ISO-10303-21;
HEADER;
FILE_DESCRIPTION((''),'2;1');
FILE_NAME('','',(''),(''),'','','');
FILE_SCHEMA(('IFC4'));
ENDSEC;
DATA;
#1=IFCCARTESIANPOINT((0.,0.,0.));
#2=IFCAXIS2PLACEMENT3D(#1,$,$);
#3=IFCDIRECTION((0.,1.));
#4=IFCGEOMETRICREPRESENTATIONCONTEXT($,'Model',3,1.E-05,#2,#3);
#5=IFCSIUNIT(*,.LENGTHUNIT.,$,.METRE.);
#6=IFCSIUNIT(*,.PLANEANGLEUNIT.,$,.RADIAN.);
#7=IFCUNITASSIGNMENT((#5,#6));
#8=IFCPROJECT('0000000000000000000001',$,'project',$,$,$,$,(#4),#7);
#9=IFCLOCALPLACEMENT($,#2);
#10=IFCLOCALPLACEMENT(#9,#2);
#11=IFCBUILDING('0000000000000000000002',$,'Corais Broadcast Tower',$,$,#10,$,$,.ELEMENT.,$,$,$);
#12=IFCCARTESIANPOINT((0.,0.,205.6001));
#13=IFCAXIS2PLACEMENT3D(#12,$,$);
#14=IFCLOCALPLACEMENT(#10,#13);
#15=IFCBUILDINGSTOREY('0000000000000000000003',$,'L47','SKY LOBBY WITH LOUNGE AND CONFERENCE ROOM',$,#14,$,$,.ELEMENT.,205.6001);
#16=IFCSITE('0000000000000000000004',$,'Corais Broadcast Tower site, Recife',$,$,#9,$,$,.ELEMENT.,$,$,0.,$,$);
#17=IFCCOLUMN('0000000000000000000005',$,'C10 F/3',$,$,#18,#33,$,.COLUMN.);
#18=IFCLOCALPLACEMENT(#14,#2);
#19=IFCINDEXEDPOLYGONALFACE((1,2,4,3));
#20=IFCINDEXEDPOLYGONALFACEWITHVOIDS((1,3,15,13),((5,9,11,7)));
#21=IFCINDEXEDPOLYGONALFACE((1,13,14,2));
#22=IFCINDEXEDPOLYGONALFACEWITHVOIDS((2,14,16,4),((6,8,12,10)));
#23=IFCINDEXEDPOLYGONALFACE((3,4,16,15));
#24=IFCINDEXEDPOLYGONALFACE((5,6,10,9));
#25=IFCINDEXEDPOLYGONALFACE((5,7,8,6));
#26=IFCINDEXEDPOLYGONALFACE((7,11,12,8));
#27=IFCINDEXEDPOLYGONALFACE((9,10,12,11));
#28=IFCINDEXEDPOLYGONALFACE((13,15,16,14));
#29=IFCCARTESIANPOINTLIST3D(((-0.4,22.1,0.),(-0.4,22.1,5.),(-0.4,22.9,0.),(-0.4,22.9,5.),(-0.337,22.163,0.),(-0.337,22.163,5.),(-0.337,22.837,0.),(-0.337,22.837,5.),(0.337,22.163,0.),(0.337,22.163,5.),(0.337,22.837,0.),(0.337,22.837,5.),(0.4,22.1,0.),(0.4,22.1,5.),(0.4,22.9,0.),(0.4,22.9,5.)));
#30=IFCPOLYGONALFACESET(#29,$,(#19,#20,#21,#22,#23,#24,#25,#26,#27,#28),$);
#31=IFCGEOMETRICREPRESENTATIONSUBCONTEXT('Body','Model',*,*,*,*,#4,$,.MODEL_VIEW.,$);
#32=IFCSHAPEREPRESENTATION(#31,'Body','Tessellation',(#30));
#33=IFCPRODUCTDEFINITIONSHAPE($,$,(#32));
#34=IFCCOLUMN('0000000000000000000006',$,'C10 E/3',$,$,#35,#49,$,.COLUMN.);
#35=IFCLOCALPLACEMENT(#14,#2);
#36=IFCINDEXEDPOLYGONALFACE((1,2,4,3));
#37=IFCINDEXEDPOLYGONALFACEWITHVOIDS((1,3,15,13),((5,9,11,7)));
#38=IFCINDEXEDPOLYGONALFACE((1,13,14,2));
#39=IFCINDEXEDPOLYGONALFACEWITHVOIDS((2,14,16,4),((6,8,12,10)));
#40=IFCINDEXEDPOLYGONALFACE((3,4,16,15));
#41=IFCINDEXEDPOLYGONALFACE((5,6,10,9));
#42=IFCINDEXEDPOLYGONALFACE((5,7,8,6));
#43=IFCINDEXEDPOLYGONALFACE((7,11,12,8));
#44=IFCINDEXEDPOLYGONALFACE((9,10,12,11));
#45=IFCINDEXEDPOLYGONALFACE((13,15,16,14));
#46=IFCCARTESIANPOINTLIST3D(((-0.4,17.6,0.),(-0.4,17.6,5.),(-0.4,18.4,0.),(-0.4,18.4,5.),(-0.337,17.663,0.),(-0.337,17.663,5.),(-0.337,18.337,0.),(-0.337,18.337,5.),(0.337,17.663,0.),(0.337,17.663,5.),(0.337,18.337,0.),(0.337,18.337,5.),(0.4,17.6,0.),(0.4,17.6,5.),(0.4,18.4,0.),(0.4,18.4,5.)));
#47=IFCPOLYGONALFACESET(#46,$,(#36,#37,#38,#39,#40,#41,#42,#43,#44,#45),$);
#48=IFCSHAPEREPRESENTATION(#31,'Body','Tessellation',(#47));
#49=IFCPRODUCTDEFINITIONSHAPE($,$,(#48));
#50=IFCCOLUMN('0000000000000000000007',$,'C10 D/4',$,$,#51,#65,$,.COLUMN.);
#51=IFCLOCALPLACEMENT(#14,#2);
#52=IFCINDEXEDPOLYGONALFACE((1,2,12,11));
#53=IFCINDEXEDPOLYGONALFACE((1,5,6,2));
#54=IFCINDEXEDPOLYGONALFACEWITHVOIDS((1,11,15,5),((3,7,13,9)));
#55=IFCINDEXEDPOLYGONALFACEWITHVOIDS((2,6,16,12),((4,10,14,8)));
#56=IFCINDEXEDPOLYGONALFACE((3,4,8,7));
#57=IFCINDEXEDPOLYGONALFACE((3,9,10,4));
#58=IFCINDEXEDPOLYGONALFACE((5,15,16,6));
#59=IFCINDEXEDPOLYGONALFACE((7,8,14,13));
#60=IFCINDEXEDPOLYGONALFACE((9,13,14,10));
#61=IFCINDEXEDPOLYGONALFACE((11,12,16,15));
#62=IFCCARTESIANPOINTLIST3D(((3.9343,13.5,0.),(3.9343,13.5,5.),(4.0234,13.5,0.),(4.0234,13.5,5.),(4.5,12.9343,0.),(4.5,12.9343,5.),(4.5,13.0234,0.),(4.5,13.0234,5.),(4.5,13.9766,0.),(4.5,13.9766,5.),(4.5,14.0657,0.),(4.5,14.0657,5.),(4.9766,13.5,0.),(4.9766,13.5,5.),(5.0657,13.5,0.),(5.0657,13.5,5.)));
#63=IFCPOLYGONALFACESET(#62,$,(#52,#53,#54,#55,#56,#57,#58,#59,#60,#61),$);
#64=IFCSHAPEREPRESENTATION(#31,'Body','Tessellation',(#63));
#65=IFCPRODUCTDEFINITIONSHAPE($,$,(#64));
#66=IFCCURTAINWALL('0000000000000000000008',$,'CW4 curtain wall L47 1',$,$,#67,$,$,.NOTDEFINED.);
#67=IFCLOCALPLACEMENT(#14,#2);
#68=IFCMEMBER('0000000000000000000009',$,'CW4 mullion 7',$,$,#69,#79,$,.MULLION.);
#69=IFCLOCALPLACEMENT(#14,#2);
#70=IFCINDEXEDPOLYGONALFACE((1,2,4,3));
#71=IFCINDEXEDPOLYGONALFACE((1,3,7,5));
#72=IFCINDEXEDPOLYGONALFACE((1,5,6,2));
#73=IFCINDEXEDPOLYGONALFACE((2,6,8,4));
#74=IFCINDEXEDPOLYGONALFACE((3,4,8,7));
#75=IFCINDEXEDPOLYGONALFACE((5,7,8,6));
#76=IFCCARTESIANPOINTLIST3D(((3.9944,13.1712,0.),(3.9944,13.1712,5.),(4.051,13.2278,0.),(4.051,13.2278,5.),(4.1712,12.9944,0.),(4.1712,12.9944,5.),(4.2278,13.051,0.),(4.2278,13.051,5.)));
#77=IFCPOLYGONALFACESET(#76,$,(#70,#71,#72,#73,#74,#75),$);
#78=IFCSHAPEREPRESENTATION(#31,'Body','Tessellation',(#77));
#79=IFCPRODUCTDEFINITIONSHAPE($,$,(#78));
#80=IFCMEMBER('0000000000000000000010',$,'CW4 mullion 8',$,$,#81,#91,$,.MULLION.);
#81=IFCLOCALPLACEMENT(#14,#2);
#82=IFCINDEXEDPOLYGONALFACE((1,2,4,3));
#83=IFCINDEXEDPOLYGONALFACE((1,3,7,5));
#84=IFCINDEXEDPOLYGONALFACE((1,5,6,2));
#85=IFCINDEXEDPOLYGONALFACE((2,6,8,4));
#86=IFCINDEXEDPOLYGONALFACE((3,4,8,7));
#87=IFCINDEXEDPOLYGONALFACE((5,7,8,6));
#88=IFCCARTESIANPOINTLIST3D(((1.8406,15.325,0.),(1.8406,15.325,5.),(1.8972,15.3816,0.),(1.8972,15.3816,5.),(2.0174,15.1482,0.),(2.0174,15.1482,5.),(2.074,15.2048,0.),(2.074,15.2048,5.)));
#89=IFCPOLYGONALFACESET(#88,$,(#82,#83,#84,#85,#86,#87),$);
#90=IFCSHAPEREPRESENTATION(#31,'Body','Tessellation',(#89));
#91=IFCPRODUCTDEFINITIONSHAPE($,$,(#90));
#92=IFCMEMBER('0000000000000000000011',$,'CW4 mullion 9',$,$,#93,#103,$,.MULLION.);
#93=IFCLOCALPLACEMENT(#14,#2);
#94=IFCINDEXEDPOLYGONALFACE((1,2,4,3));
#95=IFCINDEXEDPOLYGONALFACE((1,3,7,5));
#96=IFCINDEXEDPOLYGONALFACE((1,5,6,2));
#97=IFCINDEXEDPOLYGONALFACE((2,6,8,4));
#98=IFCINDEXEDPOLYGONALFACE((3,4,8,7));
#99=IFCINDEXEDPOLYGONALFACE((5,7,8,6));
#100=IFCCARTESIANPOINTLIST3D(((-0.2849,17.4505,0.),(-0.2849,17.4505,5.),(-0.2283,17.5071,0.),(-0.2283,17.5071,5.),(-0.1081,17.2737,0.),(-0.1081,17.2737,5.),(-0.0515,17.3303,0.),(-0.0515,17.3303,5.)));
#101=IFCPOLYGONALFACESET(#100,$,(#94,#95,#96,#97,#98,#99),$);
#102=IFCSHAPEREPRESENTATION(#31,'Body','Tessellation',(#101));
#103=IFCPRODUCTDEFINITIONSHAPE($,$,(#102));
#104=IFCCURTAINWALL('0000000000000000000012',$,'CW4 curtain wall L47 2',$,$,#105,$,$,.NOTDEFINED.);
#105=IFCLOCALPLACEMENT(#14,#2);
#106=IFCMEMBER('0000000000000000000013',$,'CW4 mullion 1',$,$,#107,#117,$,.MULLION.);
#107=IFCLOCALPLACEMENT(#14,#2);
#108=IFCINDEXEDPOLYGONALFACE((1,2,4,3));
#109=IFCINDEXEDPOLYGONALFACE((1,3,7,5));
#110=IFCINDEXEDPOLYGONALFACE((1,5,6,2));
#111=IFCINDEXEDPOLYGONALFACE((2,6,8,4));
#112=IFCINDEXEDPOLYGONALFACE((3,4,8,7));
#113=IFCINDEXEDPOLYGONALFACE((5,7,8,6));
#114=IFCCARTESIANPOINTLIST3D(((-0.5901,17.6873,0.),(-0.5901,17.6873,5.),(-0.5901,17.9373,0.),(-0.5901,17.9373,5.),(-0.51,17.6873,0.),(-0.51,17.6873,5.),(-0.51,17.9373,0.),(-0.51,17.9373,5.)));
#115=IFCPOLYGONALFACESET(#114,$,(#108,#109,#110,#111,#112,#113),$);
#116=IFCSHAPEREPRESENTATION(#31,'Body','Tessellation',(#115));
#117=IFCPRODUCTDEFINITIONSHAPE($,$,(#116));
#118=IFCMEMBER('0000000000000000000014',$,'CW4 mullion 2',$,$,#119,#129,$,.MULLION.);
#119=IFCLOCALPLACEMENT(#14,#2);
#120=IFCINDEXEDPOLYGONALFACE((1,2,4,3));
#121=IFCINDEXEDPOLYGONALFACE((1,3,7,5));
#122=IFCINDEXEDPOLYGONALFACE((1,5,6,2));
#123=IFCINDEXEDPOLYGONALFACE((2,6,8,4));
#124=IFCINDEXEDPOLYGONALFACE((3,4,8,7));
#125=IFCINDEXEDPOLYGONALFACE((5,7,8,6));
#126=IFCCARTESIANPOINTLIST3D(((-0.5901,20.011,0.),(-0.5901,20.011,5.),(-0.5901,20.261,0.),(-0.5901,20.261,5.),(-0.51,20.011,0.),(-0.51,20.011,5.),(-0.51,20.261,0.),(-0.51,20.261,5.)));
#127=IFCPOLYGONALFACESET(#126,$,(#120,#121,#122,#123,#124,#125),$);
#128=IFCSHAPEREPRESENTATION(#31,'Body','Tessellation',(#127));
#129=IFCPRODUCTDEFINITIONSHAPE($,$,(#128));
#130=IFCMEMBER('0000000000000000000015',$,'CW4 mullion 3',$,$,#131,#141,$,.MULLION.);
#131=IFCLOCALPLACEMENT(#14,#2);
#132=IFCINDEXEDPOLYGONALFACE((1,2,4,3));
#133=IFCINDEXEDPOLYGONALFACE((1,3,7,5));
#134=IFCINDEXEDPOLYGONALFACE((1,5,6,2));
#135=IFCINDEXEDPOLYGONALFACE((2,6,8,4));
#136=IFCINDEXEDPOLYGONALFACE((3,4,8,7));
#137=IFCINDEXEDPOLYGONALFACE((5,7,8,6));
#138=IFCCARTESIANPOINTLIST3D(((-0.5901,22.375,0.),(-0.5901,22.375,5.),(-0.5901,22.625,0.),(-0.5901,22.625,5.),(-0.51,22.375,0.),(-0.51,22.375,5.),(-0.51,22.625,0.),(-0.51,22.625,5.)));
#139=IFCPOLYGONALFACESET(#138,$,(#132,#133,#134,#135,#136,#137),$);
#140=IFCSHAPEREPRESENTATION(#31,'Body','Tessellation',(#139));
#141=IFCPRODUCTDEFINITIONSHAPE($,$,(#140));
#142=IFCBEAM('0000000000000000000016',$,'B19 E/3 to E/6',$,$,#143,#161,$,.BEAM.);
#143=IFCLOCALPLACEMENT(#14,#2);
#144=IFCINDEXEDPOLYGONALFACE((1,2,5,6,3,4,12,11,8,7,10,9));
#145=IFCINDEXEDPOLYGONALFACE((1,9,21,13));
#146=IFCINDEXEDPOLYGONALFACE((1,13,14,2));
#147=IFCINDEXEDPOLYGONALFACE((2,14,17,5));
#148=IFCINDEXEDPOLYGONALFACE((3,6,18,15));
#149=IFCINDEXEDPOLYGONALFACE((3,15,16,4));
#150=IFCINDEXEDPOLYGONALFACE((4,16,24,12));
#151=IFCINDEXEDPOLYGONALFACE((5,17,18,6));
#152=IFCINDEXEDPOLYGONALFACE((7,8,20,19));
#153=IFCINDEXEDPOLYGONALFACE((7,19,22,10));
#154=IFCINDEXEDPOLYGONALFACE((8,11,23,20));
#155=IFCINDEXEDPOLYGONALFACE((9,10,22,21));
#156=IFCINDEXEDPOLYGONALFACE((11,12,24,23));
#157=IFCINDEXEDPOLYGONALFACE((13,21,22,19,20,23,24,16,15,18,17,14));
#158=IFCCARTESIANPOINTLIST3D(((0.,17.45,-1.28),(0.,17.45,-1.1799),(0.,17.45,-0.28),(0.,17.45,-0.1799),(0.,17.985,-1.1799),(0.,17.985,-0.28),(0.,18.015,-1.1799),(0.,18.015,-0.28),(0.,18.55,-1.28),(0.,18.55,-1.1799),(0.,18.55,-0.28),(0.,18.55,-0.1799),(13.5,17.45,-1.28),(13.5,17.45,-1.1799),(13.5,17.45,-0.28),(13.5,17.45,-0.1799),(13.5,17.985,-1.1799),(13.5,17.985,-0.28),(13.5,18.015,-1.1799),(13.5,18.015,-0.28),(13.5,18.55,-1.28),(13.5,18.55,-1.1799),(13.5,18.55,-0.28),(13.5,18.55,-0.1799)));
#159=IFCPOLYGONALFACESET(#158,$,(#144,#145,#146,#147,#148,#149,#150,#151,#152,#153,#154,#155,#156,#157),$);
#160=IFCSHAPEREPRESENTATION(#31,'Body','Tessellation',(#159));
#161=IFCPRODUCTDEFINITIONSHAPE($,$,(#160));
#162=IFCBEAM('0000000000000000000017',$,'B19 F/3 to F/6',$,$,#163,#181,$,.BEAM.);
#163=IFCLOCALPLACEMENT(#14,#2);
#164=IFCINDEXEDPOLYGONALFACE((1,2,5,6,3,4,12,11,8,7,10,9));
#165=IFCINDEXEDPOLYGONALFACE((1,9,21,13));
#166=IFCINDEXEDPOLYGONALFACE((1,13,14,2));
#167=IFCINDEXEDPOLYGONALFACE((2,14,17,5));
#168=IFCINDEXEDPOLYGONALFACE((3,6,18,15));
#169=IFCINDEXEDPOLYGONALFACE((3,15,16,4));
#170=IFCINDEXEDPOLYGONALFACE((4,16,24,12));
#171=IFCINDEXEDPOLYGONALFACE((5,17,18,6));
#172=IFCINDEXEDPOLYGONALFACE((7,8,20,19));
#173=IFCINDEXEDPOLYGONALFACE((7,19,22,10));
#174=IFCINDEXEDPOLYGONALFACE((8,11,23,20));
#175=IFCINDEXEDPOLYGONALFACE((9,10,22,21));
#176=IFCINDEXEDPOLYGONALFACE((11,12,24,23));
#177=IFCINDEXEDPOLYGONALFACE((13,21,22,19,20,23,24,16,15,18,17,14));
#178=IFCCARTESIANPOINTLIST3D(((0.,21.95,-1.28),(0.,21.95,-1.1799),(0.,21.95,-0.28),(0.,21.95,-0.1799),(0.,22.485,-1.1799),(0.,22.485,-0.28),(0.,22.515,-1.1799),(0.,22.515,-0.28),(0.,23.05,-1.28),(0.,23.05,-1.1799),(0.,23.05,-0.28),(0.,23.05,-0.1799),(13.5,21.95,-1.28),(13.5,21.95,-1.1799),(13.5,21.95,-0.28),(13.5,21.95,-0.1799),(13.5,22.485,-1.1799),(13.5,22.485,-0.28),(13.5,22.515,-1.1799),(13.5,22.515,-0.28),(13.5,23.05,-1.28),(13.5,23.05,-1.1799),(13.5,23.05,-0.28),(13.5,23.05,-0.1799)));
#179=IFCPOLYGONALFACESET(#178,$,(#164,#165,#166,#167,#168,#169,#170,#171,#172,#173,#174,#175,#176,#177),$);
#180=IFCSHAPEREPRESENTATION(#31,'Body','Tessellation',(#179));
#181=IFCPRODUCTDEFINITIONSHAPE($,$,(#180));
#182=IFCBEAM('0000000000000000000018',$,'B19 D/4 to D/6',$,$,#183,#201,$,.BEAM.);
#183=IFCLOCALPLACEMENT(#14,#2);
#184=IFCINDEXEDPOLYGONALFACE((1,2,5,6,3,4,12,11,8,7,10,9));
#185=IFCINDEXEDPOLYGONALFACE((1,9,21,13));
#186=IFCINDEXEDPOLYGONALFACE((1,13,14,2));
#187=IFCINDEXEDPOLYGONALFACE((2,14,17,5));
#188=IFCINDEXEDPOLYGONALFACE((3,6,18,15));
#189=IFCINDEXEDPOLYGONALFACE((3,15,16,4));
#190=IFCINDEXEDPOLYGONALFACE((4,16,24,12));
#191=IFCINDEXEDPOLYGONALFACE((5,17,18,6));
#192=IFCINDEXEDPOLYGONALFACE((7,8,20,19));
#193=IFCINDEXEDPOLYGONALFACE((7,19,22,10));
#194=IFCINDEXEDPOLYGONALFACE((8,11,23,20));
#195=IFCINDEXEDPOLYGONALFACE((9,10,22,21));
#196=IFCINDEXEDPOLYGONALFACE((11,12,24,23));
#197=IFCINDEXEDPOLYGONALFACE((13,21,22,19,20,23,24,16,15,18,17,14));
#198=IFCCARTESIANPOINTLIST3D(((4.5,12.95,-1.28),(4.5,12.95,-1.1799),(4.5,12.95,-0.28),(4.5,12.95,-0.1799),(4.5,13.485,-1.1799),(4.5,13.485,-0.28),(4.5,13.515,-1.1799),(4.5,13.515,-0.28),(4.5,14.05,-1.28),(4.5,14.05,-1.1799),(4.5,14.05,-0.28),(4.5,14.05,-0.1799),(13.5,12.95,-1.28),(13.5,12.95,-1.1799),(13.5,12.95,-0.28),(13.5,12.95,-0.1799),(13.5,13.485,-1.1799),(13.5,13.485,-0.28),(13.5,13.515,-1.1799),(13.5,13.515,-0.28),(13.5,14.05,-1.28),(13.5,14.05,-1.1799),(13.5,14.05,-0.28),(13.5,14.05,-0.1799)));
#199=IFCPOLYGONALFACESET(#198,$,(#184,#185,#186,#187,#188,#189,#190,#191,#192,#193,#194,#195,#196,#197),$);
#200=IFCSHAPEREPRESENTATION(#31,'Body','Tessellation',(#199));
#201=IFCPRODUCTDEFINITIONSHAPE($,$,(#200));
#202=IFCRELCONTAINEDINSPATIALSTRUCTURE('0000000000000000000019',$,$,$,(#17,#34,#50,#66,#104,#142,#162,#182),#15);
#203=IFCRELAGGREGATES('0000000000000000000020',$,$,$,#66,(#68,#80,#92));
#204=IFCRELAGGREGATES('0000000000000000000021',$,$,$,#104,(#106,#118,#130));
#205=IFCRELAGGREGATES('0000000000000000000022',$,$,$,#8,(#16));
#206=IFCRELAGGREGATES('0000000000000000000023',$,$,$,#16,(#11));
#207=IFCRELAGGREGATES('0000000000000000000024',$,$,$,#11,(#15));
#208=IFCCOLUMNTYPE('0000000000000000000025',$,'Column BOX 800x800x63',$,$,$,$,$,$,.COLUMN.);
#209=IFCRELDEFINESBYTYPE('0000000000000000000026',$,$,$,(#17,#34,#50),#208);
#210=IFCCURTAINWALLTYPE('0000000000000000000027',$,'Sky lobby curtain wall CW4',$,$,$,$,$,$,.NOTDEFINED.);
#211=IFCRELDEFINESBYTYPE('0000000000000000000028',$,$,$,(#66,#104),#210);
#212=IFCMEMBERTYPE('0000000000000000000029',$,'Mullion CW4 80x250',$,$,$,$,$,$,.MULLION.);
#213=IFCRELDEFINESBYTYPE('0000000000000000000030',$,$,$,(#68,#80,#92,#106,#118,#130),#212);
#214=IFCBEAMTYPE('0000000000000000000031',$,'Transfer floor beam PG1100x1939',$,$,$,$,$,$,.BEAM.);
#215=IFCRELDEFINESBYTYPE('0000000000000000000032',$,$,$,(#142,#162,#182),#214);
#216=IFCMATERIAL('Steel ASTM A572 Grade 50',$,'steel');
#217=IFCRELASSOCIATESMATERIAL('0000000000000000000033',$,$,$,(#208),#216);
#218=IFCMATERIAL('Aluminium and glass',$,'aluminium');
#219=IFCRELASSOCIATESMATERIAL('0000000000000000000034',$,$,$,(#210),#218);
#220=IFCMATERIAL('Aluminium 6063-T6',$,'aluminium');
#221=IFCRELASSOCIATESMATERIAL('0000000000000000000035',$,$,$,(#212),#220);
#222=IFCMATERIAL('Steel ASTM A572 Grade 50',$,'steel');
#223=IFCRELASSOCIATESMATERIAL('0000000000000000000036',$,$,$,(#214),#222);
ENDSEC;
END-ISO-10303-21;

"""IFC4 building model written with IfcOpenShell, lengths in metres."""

from ifc_helpers import new_model, si_unit, direction, frame, origin, origin_2d, place, context, subcontext, project, spatial, rectangle, hollow_rectangle, i_section, extrude, material, material_profile, profile_set, type_object, element, aggregate, save


model = new_model("IFC4")

# Units and contexts
model_context = context("Model", 3, precision=1e-05, world=origin(), true_north=direction((0.0, 1.0)))
body_context = subcontext(model_context, "Body", "Model", "MODEL_VIEW")
ifc_project = project(units=[si_unit("LENGTHUNIT", "METRE"), si_unit("PLANEANGLEUNIT", "RADIAN")], contexts=[model_context])

# Site, building, storey
site_placement = place(None, origin())
site = spatial("IfcSite", under=ifc_project, at=site_placement, Name="Corais Broadcast Tower site, Recife", CompositionType="ELEMENT", RefElevation=0.0)
building_placement = place(site_placement, origin())
building = spatial("IfcBuilding", under=site, at=building_placement, Name="Corais Broadcast Tower", CompositionType="ELEMENT")
storey_placement = place(building_placement, frame((0.0, 0.0, 205.6001)))
storey = spatial("IfcBuildingStorey", under=building, at=storey_placement, Name="L47", Description="SKY LOBBY WITH LOUNGE AND CONFERENCE ROOM", CompositionType="ELEMENT", Elevation=205.6001)

# Columns
ifc_material_1 = material(Name="Steel ASTM A572 Grade 50", Category="steel")
ifc_material_profile_1 = material_profile(ifc_material_1, hollow_rectangle(XDim=0.8, YDim=0.8, WallThickness=0.063, at=origin_2d()), Name="BOX 800x800x63")
ifc_profile_set_1 = profile_set([ifc_material_profile_1], Name="Steel ASTM A572 Grade 50")
column_type = type_object("IfcColumnType", Name="Column BOX 800x800x63", PredefinedType="COLUMN", material=ifc_profile_set_1)
for number, where, z_axis, x_axis, name in (
    (1, (0.0, 22.5, 0.0), (0.0, 0.0, 1.0), (1.0, 0.0, 0.0), "C10 F/3"),
    (2, (0.0, 18.0, 0.0), (0.0, 0.0, 1.0), (1.0, 0.0, 0.0), "C10 E/3"),
    (3, (4.5, 13.5, 0.0), (0.0, 0.0, 1.0), (0.707107, 0.707107, 0.0), "C10 D/4"),
):
    element("IfcColumn", number, at=place(storey_placement, frame(where, z_axis=z_axis, x_axis=x_axis)), inside=storey, type_object=column_type, Name=name, PredefinedType="COLUMN", context=body_context, shape_type="SweptSolid", body=[
        extrude(hollow_rectangle(XDim=0.8, YDim=0.8, WallThickness=0.063, at=origin_2d()), origin(), (0.0, 0.0, 1.0), 5.0),
    ])

# Curtain walls, members
ifc_material_2 = material(Name="Aluminium and glass", Category="aluminium")
curtain_wall_type = type_object("IfcCurtainWallType", Name="Sky lobby curtain wall CW4", PredefinedType="NOTDEFINED", material=ifc_material_2)
curtain_wall_1_placement = place(storey_placement, origin())
curtain_wall_1 = element("IfcCurtainWall", 4, at=curtain_wall_1_placement, inside=storey, type_object=curtain_wall_type, Name="CW4 curtain wall L47 1", PredefinedType="NOTDEFINED")
ifc_material_3 = material(Name="Aluminium 6063-T6", Category="aluminium")
ifc_material_profile_2 = material_profile(ifc_material_3, rectangle(XDim=0.0801, YDim=0.25, at=origin_2d()), Name="Mullion CW4 80x250")
ifc_profile_set_2 = profile_set([ifc_material_profile_2], Name="Aluminium 6063-T6")
member_type_1 = type_object("IfcMemberType", Name="Mullion CW4 80x250", PredefinedType="MULLION", material=ifc_profile_set_2)
member_1_placement = place(storey_placement, frame((4.1111, 13.1111, 0.0), z_axis=(0.0, 0.0, 1.0), x_axis=(-0.707107, -0.707107, 0.0)))
member_1 = element("IfcMember", 5, at=member_1_placement, type_object=member_type_1, Name="CW4 mullion 7", PredefinedType="MULLION", context=body_context, shape_type="SweptSolid", body=[
    extrude(rectangle(XDim=0.0801, YDim=0.25, at=origin_2d()), origin(), (0.0, 0.0, 1.0), 5.0),
])
member_2_placement = place(storey_placement, frame((1.9573, 15.2649, 0.0), z_axis=(0.0, 0.0, 1.0), x_axis=(-0.707107, -0.707107, 0.0)))
member_2 = element("IfcMember", 6, at=member_2_placement, type_object=member_type_1, Name="CW4 mullion 8", PredefinedType="MULLION", context=body_context, shape_type="SweptSolid", body=[
    extrude(rectangle(XDim=0.0801, YDim=0.25, at=origin_2d()), origin(), (0.0, 0.0, 1.0), 5.0),
])
member_3_placement = place(storey_placement, frame((-0.1682, 17.3904, 0.0), z_axis=(0.0, 0.0, 1.0), x_axis=(-0.707107, -0.707107, 0.0)))
member_3 = element("IfcMember", 7, at=member_3_placement, type_object=member_type_1, Name="CW4 mullion 9", PredefinedType="MULLION", context=body_context, shape_type="SweptSolid", body=[
    extrude(rectangle(XDim=0.0801, YDim=0.25, at=origin_2d()), origin(), (0.0, 0.0, 1.0), 5.0),
])
curtain_wall_2_placement = place(storey_placement, origin())
curtain_wall_2 = element("IfcCurtainWall", 8, at=curtain_wall_2_placement, inside=storey, type_object=curtain_wall_type, Name="CW4 curtain wall L47 2", PredefinedType="NOTDEFINED")
member_4_placement = place(storey_placement, frame((-0.55, 17.8123, 0.0), z_axis=(0.0, 0.0, 1.0), x_axis=(-1.0, 0.0, 0.0)))
member_4 = element("IfcMember", 9, at=member_4_placement, type_object=member_type_1, Name="CW4 mullion 1", PredefinedType="MULLION", context=body_context, shape_type="SweptSolid", body=[
    extrude(rectangle(XDim=0.0801, YDim=0.25, at=origin_2d()), origin(), (0.0, 0.0, 1.0), 5.0),
])
member_5_placement = place(storey_placement, frame((-0.55, 20.136, 0.0), z_axis=(0.0, 0.0, 1.0), x_axis=(-1.0, 0.0, 0.0)))
member_5 = element("IfcMember", 10, at=member_5_placement, type_object=member_type_1, Name="CW4 mullion 2", PredefinedType="MULLION", context=body_context, shape_type="SweptSolid", body=[
    extrude(rectangle(XDim=0.0801, YDim=0.25, at=origin_2d()), origin(), (0.0, 0.0, 1.0), 5.0),
])
member_6_placement = place(storey_placement, frame((-0.55, 22.5, 0.0), z_axis=(0.0, 0.0, 1.0), x_axis=(-1.0, 0.0, 0.0)))
member_6 = element("IfcMember", 11, at=member_6_placement, type_object=member_type_1, Name="CW4 mullion 3", PredefinedType="MULLION", context=body_context, shape_type="SweptSolid", body=[
    extrude(rectangle(XDim=0.0801, YDim=0.25, at=origin_2d()), origin(), (0.0, 0.0, 1.0), 5.0),
])

# Beams
ifc_material_4 = material(Name="Steel ASTM A572 Grade 50", Category="steel")
ifc_material_profile_3 = material_profile(ifc_material_4, i_section(OverallWidth=1.1001, OverallDepth=1.1001, WebThickness=0.03, FlangeThickness=0.1001, at=origin_2d()), Name="PG1100x1939")
ifc_profile_set_3 = profile_set([ifc_material_profile_3], Name="Steel ASTM A572 Grade 50")
beam_type_1 = type_object("IfcBeamType", Name="Transfer floor beam PG1100x1939", PredefinedType="BEAM", material=ifc_profile_set_3)
for number, where, z_axis, x_axis, name in (
    (12, (0.0, 18.0, -0.73), (1.0, 0.0, 0.0), (0.0, 1.0, 0.0), "B19 E/3 to E/6"),
    (13, (0.0, 22.5, -0.73), (1.0, 0.0, 0.0), (0.0, 1.0, 0.0), "B19 F/3 to F/6"),
):
    element("IfcBeam", number, at=place(storey_placement, frame(where, z_axis=z_axis, x_axis=x_axis)), inside=storey, type_object=beam_type_1, Name=name, PredefinedType="BEAM", context=body_context, shape_type="SweptSolid", body=[
        extrude(i_section(OverallWidth=1.1001, OverallDepth=1.1001, WebThickness=0.03, FlangeThickness=0.1001, at=origin_2d()), origin(), (0.0, 0.0, 1.0), 13.5),
    ])
beam_1_placement = place(storey_placement, frame((4.5, 13.5, -0.73), z_axis=(1.0, 0.0, 0.0), x_axis=(0.0, 1.0, 0.0)))
element("IfcBeam", 14, at=beam_1_placement, inside=storey, type_object=beam_type_1, Name="B19 D/4 to D/6", PredefinedType="BEAM", context=body_context, shape_type="SweptSolid", body=[
    extrude(i_section(OverallWidth=1.1001, OverallDepth=1.1001, WebThickness=0.03, FlangeThickness=0.1001, at=origin_2d()), origin(), (0.0, 0.0, 1.0), 9.0),
])

aggregate(curtain_wall_1, [member_1, member_2, member_3])
aggregate(curtain_wall_2, [member_4, member_5, member_6])

save(model, "model.ifc")
